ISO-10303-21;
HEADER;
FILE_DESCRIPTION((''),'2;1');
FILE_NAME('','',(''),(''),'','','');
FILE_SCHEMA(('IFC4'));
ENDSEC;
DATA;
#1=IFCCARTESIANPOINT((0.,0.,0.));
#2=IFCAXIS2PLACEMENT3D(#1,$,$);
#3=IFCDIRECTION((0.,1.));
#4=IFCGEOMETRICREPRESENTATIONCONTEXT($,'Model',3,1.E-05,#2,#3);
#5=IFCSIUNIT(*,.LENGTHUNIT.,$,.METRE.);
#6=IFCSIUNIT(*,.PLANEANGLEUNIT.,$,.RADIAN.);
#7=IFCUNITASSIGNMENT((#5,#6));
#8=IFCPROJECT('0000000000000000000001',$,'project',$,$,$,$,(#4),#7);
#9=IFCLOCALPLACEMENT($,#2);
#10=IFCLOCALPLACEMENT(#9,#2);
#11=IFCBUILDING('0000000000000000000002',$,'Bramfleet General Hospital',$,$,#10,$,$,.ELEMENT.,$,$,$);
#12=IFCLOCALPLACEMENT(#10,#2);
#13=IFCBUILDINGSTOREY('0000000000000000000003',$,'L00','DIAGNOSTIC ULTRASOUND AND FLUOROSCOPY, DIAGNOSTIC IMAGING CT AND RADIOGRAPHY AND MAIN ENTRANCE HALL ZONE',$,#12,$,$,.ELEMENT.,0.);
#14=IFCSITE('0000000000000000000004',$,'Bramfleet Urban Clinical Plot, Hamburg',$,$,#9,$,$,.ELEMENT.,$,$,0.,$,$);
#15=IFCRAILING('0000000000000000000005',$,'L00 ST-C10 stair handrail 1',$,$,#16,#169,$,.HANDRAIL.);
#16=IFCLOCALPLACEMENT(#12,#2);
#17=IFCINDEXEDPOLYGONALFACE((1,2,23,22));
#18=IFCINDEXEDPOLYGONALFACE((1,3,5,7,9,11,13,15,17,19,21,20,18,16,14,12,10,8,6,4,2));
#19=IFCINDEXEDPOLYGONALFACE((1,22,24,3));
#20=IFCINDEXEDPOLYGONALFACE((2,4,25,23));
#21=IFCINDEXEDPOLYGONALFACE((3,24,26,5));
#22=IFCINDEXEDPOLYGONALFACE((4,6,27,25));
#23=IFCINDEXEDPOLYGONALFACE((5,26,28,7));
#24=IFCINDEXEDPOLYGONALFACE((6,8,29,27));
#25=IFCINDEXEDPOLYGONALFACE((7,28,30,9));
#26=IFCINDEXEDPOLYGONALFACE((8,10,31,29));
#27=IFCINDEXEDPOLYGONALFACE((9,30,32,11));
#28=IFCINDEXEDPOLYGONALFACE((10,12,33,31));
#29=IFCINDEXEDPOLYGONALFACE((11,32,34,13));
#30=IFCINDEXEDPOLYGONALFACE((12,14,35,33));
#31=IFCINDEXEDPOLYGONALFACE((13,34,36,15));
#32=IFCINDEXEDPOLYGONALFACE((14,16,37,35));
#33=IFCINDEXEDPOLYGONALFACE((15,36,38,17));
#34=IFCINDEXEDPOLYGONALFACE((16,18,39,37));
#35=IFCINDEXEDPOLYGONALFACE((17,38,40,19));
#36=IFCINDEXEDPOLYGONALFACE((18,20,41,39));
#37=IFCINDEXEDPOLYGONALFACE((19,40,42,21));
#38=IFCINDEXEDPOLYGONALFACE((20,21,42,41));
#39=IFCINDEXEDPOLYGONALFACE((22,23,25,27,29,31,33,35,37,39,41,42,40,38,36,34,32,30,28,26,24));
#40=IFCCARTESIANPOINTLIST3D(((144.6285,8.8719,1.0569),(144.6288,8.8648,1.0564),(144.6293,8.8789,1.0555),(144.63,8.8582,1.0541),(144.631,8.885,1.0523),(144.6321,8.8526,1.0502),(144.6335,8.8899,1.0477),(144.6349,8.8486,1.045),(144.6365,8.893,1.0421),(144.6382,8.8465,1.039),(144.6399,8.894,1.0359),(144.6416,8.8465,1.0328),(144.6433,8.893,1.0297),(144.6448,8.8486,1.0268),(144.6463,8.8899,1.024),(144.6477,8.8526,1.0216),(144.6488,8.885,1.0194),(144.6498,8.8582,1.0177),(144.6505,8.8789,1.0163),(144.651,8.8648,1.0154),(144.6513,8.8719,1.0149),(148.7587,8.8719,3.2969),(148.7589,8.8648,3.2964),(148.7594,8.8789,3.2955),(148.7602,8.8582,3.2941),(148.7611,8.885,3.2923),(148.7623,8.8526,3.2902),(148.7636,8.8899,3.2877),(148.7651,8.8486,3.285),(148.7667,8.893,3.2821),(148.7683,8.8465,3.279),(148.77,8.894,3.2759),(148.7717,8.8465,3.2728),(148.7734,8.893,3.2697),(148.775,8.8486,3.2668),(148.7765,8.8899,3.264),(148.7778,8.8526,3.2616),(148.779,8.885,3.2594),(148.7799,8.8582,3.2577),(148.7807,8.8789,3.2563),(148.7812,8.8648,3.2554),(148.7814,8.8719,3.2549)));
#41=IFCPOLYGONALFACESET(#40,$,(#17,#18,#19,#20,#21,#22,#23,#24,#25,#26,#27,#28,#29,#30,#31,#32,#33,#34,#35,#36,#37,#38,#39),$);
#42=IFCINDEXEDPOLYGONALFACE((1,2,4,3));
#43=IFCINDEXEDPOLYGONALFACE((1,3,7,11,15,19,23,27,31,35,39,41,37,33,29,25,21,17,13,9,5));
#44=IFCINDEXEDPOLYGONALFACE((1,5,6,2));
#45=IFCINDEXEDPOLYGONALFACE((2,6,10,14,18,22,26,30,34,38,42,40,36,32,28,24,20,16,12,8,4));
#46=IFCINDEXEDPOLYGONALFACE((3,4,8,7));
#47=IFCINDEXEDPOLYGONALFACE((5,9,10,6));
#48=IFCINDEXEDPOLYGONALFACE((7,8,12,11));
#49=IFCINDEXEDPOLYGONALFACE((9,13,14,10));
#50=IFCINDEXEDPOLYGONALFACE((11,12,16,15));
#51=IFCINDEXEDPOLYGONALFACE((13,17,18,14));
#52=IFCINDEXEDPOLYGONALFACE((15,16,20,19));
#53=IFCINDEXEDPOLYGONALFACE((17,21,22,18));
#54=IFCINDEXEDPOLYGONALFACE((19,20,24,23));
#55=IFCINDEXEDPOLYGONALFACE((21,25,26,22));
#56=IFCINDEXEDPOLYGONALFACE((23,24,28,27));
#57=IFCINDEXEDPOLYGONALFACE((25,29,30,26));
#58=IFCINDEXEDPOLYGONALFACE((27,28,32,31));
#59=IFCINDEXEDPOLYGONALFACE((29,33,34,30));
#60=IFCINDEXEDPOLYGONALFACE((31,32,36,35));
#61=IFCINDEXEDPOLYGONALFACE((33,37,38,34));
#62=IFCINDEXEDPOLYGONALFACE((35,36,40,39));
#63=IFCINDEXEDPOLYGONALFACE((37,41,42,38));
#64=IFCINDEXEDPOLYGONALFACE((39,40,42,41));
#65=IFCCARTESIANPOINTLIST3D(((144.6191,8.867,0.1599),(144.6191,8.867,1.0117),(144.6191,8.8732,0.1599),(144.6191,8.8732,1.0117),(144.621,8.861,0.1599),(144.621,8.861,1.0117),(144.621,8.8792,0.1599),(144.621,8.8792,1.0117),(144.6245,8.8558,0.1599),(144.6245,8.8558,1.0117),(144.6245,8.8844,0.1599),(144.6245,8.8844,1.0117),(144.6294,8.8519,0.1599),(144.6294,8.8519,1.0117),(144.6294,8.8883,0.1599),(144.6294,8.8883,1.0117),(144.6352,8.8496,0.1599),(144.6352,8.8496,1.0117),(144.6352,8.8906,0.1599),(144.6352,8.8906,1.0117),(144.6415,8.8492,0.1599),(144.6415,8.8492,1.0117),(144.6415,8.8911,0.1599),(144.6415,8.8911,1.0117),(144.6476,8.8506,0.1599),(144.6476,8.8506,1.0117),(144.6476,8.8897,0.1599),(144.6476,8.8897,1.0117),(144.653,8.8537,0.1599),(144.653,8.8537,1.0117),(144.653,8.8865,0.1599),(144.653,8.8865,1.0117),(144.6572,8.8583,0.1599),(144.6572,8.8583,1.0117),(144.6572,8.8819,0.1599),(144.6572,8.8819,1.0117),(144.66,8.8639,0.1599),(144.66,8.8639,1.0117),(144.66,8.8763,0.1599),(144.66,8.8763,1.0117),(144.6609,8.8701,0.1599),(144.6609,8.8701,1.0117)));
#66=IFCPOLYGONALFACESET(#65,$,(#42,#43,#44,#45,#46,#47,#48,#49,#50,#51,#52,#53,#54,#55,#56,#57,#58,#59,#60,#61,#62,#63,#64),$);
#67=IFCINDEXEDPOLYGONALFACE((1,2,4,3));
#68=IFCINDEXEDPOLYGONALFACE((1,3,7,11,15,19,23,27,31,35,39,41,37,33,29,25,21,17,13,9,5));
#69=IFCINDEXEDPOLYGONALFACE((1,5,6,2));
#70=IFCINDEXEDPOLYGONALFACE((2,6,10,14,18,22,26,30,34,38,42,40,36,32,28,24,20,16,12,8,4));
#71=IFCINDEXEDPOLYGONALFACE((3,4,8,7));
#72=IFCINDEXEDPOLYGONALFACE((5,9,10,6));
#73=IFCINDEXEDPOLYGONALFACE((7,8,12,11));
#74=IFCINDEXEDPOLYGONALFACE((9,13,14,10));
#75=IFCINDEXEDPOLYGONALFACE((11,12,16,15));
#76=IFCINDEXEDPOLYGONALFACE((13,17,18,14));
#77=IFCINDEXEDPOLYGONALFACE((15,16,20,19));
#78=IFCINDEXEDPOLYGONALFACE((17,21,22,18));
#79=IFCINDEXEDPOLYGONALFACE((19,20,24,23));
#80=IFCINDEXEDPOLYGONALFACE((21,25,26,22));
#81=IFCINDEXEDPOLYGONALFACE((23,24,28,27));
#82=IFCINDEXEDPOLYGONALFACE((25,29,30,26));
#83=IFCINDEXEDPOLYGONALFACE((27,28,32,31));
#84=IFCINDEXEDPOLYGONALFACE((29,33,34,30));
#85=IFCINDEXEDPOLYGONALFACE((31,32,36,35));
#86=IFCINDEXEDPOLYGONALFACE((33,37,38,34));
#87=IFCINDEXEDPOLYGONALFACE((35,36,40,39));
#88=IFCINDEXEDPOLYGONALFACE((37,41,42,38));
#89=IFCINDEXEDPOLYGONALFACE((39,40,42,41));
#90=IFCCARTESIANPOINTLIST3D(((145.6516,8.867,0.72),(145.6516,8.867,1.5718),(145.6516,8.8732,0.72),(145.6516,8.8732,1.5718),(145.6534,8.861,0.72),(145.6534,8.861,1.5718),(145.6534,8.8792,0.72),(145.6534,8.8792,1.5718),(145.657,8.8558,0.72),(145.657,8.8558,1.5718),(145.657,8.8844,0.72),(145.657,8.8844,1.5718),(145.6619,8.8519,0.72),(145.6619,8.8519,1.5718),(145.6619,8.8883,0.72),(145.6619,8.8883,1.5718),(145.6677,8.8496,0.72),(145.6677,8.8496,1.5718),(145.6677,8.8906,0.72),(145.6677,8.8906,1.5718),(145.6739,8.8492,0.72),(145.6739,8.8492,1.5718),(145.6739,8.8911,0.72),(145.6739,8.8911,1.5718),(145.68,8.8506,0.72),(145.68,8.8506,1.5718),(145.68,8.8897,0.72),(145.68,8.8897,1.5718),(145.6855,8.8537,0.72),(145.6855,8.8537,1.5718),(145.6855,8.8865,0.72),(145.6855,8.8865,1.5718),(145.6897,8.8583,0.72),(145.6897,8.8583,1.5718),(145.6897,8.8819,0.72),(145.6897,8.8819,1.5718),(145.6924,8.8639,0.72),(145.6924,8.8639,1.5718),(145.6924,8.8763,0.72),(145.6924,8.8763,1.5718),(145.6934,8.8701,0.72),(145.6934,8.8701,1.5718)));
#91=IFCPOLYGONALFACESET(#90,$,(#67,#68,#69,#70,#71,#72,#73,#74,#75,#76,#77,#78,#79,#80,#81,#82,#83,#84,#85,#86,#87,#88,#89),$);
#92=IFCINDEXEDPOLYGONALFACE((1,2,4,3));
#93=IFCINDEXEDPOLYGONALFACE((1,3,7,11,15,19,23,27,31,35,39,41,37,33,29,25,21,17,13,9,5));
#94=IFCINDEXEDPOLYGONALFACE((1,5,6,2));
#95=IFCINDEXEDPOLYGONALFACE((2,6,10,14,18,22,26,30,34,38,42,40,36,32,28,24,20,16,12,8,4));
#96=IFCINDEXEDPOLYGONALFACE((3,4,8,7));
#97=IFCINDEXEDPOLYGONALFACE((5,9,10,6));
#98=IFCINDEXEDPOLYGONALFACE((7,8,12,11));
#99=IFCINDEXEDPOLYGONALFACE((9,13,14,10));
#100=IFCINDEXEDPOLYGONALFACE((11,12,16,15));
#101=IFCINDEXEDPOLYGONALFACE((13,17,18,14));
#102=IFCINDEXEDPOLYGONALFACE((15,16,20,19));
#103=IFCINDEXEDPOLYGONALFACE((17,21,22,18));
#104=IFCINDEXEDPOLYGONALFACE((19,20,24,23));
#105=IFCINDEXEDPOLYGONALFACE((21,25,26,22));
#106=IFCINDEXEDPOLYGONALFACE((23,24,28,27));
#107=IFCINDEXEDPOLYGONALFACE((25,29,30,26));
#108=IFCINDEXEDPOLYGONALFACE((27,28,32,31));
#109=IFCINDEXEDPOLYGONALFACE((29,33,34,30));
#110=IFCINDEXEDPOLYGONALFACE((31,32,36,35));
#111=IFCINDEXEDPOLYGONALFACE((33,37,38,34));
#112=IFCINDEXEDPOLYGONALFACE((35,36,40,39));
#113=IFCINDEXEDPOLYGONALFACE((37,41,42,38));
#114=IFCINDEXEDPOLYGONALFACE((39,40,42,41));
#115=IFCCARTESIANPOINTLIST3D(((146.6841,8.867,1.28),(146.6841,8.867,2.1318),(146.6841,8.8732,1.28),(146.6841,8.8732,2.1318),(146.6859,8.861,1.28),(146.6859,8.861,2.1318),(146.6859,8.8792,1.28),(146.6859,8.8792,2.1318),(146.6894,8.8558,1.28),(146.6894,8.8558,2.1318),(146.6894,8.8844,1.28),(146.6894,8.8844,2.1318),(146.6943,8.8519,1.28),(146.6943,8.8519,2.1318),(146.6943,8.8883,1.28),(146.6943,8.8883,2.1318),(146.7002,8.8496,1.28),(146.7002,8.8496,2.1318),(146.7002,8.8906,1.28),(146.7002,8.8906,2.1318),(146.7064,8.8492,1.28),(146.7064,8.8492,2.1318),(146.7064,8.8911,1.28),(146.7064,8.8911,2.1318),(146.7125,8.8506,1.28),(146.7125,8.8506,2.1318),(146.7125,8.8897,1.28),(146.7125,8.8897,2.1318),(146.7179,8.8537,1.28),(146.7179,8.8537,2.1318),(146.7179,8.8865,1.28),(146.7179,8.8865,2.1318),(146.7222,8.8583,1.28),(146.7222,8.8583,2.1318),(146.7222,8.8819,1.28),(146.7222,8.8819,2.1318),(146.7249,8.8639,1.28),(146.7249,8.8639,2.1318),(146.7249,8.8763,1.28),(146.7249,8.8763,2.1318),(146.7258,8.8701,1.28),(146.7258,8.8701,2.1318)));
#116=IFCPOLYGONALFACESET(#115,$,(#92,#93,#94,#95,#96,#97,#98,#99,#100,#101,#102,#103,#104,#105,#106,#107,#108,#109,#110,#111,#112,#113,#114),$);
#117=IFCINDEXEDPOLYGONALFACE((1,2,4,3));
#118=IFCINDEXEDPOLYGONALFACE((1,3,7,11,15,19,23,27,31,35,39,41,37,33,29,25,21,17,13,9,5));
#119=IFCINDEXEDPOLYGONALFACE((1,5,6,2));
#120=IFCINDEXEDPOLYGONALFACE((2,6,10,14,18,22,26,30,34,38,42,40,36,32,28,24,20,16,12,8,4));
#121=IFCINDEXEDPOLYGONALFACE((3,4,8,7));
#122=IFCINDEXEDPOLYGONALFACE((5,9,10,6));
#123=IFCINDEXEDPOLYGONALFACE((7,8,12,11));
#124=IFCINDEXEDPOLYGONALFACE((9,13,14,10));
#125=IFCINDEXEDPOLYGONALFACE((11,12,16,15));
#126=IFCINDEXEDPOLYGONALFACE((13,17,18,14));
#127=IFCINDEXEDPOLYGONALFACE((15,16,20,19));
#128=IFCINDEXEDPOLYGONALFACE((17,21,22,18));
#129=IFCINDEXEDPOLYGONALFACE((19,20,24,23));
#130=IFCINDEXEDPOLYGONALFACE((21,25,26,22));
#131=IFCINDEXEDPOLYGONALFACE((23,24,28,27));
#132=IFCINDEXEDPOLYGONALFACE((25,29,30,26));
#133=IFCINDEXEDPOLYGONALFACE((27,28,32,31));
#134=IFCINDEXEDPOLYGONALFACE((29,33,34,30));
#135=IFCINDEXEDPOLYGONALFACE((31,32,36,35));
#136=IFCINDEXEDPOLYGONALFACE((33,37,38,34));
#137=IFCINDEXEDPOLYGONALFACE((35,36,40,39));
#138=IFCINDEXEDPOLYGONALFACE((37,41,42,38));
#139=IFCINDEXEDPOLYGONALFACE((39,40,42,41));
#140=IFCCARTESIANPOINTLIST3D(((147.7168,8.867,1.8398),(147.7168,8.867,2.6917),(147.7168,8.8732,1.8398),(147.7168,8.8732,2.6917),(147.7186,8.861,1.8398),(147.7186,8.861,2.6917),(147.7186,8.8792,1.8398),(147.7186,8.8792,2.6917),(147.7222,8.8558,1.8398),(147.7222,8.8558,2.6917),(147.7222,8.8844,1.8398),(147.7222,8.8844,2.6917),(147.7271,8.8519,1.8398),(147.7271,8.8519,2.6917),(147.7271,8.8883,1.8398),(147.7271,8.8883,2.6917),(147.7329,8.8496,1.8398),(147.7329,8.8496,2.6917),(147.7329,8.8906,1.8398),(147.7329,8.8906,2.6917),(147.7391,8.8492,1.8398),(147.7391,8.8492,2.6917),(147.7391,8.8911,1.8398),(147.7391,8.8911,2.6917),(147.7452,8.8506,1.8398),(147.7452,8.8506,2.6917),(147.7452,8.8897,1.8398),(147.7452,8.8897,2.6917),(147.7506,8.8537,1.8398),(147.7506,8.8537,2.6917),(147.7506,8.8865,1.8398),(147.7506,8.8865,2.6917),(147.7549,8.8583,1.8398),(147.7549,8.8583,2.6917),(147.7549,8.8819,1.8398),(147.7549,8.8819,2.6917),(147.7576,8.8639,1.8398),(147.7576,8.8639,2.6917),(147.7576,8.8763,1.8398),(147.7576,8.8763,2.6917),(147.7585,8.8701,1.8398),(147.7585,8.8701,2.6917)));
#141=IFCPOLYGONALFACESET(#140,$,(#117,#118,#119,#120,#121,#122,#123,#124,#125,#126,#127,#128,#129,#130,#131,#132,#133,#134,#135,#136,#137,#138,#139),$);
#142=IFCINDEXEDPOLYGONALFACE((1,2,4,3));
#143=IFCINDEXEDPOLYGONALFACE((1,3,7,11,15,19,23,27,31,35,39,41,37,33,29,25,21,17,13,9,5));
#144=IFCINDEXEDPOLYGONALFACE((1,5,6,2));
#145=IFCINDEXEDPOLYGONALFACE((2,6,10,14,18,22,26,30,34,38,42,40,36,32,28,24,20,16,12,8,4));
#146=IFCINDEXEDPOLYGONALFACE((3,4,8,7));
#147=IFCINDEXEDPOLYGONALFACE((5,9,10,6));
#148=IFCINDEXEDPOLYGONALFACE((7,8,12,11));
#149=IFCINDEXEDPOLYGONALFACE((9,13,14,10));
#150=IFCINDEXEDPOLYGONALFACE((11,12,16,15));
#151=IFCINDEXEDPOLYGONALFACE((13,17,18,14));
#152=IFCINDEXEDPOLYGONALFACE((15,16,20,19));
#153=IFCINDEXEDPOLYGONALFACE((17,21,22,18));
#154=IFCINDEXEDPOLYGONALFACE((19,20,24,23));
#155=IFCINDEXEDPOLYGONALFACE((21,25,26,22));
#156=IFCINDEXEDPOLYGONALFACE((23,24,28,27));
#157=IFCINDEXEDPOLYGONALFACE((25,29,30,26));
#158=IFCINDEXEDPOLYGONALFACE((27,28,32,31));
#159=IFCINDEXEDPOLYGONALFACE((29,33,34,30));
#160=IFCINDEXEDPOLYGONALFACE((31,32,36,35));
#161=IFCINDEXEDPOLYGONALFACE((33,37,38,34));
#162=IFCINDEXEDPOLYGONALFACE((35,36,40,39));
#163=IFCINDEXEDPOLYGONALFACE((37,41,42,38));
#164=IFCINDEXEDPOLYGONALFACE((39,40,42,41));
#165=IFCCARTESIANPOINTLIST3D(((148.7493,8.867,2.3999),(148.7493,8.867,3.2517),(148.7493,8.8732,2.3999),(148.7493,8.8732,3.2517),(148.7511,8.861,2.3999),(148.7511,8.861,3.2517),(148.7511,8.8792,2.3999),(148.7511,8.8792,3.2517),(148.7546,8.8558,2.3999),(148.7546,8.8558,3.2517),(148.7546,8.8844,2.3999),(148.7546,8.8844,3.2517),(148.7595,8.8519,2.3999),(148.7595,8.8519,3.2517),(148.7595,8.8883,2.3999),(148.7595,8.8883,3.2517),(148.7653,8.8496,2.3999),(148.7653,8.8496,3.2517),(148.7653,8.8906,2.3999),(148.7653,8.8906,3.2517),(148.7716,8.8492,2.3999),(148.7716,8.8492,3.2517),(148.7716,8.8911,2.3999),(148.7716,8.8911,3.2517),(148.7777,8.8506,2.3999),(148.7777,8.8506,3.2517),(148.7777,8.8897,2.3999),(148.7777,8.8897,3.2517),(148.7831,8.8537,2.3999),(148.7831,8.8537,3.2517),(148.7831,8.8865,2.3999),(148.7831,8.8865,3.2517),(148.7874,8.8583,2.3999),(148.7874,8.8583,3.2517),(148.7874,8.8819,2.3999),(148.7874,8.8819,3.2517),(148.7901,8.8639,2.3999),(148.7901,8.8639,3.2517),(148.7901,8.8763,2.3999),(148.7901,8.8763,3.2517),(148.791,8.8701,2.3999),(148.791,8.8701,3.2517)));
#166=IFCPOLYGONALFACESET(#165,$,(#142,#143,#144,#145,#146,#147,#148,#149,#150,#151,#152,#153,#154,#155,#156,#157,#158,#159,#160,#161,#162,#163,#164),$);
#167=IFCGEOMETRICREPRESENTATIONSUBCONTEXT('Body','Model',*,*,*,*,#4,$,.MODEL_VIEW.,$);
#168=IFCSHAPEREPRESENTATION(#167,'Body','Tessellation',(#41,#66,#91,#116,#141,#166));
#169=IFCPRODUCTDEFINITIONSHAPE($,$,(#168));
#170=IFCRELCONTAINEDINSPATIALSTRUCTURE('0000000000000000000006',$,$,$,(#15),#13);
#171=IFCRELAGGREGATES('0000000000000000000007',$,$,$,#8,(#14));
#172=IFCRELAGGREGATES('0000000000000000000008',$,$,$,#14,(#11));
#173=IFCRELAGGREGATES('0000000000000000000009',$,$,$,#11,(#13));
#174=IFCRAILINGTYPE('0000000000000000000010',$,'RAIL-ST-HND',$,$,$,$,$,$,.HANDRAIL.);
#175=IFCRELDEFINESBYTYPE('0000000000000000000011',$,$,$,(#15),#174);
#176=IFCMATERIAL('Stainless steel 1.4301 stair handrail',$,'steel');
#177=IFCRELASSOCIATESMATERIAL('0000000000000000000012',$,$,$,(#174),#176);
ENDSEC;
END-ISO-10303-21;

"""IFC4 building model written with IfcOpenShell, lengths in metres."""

from ifc_helpers import new_model, si_unit, direction, frame, origin, origin_2d, place, context, subcontext, project, spatial, circle, extrude, material, type_object, element, save


model = new_model("IFC4")

# Units and contexts
model_context = context("Model", 3, precision=1e-05, world=origin(), true_north=direction((0.0, 1.0)))
body_context = subcontext(model_context, "Body", "Model", "MODEL_VIEW")
ifc_project = project(units=[si_unit("LENGTHUNIT", "METRE"), si_unit("PLANEANGLEUNIT", "RADIAN")], contexts=[model_context])

# Site, building, storey
site_placement = place(None, origin())
site = spatial("IfcSite", under=ifc_project, at=site_placement, Name="Bramfleet Urban Clinical Plot, Hamburg", CompositionType="ELEMENT", RefElevation=0.0)
building_placement = place(site_placement, origin())
building = spatial("IfcBuilding", under=site, at=building_placement, Name="Bramfleet General Hospital", CompositionType="ELEMENT")
storey_placement = place(building_placement, origin())
storey = spatial("IfcBuildingStorey", under=building, at=storey_placement, Name="L00", Description="DIAGNOSTIC ULTRASOUND AND FLUOROSCOPY, DIAGNOSTIC IMAGING CT AND RADIOGRAPHY AND MAIN ENTRANCE HALL ZONE", CompositionType="ELEMENT", Elevation=0.0)

# Railing
ifc_material_1 = material(Name="Stainless steel 1.4301 stair handrail", Category="steel")
railing_type = type_object("IfcRailingType", Name="RAIL-ST-HND", PredefinedType="HANDRAIL", material=ifc_material_1)
railing_placement = place(storey_placement, frame((144.6399, 8.8701, 0.1599)))
element("IfcRailing", 1, at=railing_placement, inside=storey, type_object=railing_type, Name="L00 ST-C10 stair handrail 1", PredefinedType="HANDRAIL", context=body_context, shape_type="SweptSolid", body=[
    extrude(circle(Radius=0.0239, at=origin_2d()), frame((0.0, 0.0, 0.876), z_axis=(0.879039, 0.0, 0.47675), x_axis=(0.0, 1.0, 0.0)), (0.0, 0.0, 1.0), 4.6985),
    extrude(circle(Radius=0.021, at=origin_2d()), origin(), (0.0, 0.0, 1.0), 0.8518),
    extrude(circle(Radius=0.021, at=origin_2d()), frame((1.0325, 0.0, 0.5601)), (0.0, 0.0, 1.0), 0.8518),
    extrude(circle(Radius=0.021, at=origin_2d()), frame((2.0649, 0.0, 1.1201)), (0.0, 0.0, 1.0), 0.8518),
    extrude(circle(Radius=0.021, at=origin_2d()), frame((3.0977, 0.0, 1.6799)), (0.0, 0.0, 1.0), 0.8518),
    extrude(circle(Radius=0.021, at=origin_2d()), frame((4.1301, 0.0, 2.24)), (0.0, 0.0, 1.0), 0.8518),
])

save(model, "model.ifc")
